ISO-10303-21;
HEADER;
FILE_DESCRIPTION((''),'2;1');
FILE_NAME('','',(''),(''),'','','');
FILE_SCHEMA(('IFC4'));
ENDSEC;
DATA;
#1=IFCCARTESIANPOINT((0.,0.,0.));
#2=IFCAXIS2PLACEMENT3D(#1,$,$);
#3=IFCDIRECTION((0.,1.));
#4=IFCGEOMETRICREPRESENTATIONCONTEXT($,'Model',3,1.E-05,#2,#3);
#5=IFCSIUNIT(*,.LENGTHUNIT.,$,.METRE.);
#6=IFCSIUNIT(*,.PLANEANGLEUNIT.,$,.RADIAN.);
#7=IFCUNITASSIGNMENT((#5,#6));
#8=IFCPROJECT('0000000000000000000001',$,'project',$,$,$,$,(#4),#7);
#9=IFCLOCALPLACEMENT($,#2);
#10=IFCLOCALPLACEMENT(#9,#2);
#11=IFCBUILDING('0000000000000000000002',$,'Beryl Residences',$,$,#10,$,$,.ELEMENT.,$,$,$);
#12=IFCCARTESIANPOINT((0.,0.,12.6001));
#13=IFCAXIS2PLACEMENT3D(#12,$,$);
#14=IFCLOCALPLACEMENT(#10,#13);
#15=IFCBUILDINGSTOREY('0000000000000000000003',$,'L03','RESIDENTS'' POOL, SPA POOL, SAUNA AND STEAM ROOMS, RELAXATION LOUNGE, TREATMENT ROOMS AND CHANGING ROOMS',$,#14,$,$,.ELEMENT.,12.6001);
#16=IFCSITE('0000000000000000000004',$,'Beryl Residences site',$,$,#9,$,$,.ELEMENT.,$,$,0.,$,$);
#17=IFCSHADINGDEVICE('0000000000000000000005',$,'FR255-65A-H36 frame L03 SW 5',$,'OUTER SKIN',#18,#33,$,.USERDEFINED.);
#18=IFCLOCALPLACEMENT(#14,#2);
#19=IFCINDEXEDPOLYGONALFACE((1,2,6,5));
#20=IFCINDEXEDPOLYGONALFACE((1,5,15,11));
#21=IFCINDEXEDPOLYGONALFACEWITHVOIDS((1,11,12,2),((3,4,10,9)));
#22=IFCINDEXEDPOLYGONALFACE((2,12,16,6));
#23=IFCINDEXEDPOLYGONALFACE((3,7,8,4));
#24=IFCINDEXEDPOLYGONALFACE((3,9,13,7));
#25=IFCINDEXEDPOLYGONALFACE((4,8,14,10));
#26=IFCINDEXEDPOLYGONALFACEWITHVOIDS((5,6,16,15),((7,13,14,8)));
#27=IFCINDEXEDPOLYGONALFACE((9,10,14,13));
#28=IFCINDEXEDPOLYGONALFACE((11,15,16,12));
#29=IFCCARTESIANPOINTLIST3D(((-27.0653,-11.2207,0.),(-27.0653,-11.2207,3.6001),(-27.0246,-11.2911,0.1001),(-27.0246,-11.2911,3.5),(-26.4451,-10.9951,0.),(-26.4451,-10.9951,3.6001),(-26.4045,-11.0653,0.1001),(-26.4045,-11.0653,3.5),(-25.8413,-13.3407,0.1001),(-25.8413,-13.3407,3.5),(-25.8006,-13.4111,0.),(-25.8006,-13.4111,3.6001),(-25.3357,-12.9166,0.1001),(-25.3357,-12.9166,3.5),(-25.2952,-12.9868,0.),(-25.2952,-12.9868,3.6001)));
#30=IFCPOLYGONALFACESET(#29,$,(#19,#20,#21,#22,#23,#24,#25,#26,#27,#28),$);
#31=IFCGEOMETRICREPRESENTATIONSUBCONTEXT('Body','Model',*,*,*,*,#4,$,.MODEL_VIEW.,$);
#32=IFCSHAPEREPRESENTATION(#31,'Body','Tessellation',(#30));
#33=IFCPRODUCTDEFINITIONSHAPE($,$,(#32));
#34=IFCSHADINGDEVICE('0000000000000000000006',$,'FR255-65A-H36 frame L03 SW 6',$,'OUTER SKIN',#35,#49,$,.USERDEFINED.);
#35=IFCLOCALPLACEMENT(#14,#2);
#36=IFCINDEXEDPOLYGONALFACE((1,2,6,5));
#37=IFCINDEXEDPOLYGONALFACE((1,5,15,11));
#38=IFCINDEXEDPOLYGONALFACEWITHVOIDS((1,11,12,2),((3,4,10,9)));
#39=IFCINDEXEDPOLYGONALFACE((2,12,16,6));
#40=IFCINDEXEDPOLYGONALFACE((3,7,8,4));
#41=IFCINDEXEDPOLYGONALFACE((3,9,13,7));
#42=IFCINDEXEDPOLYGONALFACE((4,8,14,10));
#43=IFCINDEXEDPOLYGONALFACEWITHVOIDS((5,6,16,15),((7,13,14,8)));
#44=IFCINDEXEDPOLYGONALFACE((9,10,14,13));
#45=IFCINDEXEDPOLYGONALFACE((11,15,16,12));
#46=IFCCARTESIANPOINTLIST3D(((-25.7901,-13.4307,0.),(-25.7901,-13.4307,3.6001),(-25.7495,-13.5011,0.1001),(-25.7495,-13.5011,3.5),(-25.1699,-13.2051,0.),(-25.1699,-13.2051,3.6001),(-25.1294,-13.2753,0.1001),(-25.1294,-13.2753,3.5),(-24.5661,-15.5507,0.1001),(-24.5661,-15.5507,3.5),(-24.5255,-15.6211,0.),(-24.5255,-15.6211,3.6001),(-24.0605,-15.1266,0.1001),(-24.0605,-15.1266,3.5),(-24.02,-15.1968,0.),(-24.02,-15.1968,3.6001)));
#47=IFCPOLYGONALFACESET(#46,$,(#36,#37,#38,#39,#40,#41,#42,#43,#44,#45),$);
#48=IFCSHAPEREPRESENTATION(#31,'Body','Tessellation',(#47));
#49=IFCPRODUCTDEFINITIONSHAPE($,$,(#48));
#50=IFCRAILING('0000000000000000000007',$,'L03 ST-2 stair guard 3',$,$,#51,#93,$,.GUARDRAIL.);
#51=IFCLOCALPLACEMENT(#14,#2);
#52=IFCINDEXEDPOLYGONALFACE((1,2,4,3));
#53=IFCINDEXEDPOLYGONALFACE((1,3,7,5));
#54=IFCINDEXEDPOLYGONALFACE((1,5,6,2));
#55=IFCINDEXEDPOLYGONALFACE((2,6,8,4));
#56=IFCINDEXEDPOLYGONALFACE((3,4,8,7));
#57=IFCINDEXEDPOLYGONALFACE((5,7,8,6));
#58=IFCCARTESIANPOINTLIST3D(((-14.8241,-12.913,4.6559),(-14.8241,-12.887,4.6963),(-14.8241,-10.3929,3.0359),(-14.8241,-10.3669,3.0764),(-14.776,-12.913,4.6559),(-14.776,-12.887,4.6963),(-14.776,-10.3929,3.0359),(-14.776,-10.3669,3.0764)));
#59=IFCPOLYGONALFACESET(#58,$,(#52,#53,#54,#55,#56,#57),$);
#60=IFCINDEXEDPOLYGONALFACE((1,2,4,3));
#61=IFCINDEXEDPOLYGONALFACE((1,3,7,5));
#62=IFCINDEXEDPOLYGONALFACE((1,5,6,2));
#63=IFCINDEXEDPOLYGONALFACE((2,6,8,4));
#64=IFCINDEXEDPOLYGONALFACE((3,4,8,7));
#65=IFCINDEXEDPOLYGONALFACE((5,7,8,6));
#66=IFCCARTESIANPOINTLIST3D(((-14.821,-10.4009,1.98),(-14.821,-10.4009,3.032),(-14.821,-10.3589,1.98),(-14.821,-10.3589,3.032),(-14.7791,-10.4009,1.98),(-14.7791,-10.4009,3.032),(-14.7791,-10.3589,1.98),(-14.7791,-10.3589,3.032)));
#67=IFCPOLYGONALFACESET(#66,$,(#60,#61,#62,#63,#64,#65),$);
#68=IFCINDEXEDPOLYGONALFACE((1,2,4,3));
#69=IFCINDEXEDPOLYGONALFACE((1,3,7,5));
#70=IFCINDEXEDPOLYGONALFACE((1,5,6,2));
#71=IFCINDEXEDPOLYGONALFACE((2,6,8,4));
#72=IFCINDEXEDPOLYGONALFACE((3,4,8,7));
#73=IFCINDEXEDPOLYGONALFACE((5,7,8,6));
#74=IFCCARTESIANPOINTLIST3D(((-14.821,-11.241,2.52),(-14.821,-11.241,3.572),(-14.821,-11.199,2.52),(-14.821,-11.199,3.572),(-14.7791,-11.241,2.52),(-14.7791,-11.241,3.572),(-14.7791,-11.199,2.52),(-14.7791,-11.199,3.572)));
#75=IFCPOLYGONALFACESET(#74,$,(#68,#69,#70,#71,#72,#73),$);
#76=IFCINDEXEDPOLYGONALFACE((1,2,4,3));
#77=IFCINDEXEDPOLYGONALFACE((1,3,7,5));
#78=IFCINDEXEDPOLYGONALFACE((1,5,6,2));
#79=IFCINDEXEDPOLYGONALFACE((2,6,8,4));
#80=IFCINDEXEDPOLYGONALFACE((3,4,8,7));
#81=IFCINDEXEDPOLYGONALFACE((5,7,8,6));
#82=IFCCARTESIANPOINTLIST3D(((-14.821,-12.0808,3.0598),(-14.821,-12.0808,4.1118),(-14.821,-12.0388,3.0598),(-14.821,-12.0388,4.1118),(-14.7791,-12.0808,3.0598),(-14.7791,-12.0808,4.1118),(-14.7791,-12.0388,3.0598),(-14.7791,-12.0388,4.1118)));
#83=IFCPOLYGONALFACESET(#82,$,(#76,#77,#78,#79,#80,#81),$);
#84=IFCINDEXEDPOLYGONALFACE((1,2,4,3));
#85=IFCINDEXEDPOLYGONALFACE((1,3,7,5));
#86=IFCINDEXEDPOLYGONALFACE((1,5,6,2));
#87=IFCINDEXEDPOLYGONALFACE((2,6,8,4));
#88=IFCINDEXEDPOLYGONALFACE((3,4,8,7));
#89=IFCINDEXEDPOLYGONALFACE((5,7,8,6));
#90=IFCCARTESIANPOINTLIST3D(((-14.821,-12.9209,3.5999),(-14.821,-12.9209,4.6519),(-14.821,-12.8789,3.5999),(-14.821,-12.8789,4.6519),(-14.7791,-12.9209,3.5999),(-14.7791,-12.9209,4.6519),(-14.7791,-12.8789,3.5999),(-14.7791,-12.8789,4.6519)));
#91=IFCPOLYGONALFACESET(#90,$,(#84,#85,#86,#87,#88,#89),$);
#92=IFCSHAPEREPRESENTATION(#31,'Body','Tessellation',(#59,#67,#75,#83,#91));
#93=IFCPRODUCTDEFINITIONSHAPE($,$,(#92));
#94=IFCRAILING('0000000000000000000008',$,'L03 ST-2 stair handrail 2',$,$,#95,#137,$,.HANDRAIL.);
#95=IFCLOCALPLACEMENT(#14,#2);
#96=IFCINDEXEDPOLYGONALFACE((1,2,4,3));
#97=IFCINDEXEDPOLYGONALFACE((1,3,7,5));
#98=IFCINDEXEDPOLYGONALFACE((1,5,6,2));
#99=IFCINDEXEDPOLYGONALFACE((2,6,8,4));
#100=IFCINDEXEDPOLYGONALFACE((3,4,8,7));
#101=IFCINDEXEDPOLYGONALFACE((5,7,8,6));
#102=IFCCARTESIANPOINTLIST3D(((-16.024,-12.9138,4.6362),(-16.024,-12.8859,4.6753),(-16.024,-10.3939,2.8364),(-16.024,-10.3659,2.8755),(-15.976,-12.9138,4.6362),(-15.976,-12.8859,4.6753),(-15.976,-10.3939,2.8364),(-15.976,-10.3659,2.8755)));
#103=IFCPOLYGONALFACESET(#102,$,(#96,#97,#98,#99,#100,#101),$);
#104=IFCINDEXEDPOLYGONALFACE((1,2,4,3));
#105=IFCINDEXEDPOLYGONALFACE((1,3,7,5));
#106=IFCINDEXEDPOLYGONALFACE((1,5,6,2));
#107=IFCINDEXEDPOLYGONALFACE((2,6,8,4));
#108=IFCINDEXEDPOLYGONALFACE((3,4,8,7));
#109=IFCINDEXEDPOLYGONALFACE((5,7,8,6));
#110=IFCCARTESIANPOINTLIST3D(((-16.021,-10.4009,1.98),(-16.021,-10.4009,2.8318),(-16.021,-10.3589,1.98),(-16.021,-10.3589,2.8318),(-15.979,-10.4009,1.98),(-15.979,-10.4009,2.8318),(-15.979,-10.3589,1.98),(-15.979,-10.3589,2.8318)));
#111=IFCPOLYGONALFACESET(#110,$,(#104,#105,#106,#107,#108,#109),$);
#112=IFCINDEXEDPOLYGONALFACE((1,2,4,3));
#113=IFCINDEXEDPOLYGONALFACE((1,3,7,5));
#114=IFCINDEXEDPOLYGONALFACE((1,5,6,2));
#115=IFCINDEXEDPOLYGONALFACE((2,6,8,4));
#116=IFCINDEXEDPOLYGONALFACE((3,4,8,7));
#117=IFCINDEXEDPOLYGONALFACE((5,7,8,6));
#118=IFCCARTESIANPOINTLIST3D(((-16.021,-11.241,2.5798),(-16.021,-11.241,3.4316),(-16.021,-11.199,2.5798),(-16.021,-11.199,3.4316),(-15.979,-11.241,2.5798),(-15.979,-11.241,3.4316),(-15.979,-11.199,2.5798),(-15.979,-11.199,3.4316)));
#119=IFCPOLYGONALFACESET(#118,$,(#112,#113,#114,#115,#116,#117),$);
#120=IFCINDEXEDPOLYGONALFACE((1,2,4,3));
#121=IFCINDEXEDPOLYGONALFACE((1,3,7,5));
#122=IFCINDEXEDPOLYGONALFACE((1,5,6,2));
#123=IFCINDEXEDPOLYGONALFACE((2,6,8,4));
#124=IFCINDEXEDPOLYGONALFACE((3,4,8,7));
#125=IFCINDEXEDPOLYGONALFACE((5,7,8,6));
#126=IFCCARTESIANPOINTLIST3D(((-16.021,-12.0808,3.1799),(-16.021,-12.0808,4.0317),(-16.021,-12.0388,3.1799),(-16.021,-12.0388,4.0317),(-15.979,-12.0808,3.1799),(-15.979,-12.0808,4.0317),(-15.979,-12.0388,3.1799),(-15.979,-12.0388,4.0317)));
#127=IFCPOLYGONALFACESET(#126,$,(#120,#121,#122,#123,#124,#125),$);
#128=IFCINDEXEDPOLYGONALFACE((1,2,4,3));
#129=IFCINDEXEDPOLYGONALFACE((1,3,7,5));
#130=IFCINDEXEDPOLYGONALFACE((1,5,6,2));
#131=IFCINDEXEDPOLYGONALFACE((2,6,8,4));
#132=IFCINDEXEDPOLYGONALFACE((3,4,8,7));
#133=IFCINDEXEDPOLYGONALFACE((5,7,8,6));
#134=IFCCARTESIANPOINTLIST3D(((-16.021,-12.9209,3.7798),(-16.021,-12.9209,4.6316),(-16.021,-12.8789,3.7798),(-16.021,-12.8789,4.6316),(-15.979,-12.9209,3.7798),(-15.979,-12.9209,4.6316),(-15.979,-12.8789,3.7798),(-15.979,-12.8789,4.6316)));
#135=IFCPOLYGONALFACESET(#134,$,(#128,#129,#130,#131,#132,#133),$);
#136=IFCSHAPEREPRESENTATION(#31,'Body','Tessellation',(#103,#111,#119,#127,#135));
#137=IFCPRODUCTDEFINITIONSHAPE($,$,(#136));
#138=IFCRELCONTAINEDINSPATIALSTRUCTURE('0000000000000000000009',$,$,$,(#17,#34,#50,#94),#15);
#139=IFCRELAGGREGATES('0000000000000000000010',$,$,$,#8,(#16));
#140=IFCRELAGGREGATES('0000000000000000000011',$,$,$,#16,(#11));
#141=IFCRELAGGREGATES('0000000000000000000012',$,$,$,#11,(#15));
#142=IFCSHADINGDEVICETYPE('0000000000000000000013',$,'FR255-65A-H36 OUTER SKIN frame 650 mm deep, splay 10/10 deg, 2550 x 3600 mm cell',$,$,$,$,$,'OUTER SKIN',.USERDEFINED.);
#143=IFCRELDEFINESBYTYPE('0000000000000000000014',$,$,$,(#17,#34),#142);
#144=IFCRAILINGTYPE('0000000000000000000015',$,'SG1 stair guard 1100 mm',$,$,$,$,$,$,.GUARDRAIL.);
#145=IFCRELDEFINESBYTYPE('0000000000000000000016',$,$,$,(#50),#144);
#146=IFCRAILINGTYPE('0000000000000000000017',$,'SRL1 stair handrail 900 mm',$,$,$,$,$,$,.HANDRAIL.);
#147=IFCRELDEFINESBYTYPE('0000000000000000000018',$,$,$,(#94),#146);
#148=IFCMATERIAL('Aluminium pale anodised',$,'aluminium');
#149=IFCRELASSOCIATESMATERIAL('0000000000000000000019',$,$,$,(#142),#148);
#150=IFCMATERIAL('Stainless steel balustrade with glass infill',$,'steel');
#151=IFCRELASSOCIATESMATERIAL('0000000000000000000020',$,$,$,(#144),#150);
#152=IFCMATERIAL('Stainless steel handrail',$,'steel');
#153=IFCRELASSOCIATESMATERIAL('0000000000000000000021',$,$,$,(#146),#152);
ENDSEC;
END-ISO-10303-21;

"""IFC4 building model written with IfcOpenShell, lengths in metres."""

from ifc_helpers import new_model, entity, si_unit, direction, frame, origin, origin_2d, place, context, subcontext, project, spatial, rectangle, extrude, source, transform, mapped, material, type_object, type_shapes, element, save


model = new_model("IFC4")

# Units and contexts
model_context = context("Model", 3, precision=1e-05, world=origin(), true_north=direction((0.0, 1.0)))
body_context = subcontext(model_context, "Body", "Model", "MODEL_VIEW")
ifc_project = project(units=[si_unit("LENGTHUNIT", "METRE"), si_unit("PLANEANGLEUNIT", "RADIAN")], contexts=[model_context])

# Site, building, storey
site_placement = place(None, origin())
site = spatial("IfcSite", under=ifc_project, at=site_placement, Name="Beryl Residences site", CompositionType="ELEMENT", RefElevation=0.0)
building_placement = place(site_placement, origin())
building = spatial("IfcBuilding", under=site, at=building_placement, Name="Beryl Residences", CompositionType="ELEMENT")
storey_placement = place(building_placement, frame((0.0, 0.0, 12.6001)))
storey = spatial("IfcBuildingStorey", under=building, at=storey_placement, Name="L03", Description="RESIDENTS' POOL, SPA POOL, SAUNA AND STEAM ROOMS, RELAXATION LOUNGE, TREATMENT ROOMS AND CHANGING ROOMS", CompositionType="ELEMENT", Elevation=12.6001)

# Shading devices
ifc_material_1 = material(Name="Aluminium pale anodised", Category="aluminium")
shading_device_type = type_object("IfcShadingDeviceType", Name="FR255-65A-H36 OUTER SKIN frame 650 mm deep, splay 10/10 deg, 2550 x 3600 mm cell", ElementType="OUTER SKIN", PredefinedType="USERDEFINED", material=ifc_material_1)
cartesian_point_1 = entity("IfcCartesianPoint", [-1.1499, 0.0])
cartesian_point_2 = entity("IfcCartesianPoint", [-1.0688, 0.1001])
cartesian_point_3 = entity("IfcCartesianPoint", [-1.2646, 0.0])
cartesian_point_4 = entity("IfcCartesianPoint", [-1.1833, 0.1001])
shared_shape = source(origin(), body_context, "Body", "SweptSolid", [
    entity("IfcExtrudedAreaSolidTapered", entity("IfcArbitraryProfileDefWithVoids", "AREA", None, entity("IfcPolyline", [cartesian_point_1, entity("IfcCartesianPoint", [1.1499, 0.0]), entity("IfcCartesianPoint", [1.1499, 3.6001]), entity("IfcCartesianPoint", [-1.1499, 3.6001]), cartesian_point_1]), [entity("IfcPolyline", [cartesian_point_2, entity("IfcCartesianPoint", [1.0688, 0.1001]), entity("IfcCartesianPoint", [1.0688, 3.5]), entity("IfcCartesianPoint", [-1.0688, 3.5]), cartesian_point_2])]), entity("IfcAxis2Placement3D", entity("IfcCartesianPoint", [0.0, 0.0, 0.0]), entity("IfcDirection", [0.0, 1.0, 0.0]), entity("IfcDirection", [-1.0, 0.0, 0.0])), entity("IfcDirection", [0.0, 0.0, 1.0]), 0.6499, entity("IfcArbitraryProfileDefWithVoids", "AREA", None, entity("IfcPolyline", [cartesian_point_3, entity("IfcCartesianPoint", [1.2646, 0.0]), entity("IfcCartesianPoint", [1.2646, 3.6001]), entity("IfcCartesianPoint", [-1.2646, 3.6001]), cartesian_point_3]), [entity("IfcPolyline", [cartesian_point_4, entity("IfcCartesianPoint", [1.1833, 0.1001]), entity("IfcCartesianPoint", [1.1833, 3.5]), entity("IfcCartesianPoint", [-1.1833, 3.5]), cartesian_point_4])])),
])
type_shapes(shading_device_type, [shared_shape])
for number, where, z_axis, x_axis, name in (
    (1, (-25.8701, -11.991, 0.0), (0.0, 0.0, 1.0), (-0.5, 0.866025, 0.0), "FR255-65A-H36 frame L03 SW 5"),
    (2, (-24.595, -14.2009, 0.0), (0.0, 0.0, 1.0), (-0.5, 0.866025, 0.0), "FR255-65A-H36 frame L03 SW 6"),
):
    element("IfcShadingDevice", number, at=place(storey_placement, frame(where, z_axis=z_axis, x_axis=x_axis)), inside=storey, type_object=shading_device_type, Name=name, ObjectType="OUTER SKIN", PredefinedType="USERDEFINED", context=body_context, shape_type="MappedRepresentation", body=[
        mapped(shared_shape, transform((0.0, 0.0, 0.0))),
    ])

# Railings
ifc_material_2 = material(Name="Stainless steel balustrade with glass infill", Category="steel")
railing_type_1 = type_object("IfcRailingType", Name="SG1 stair guard 1100 mm", PredefinedType="GUARDRAIL", material=ifc_material_2)
railing_1_placement = place(storey_placement, frame((-14.8, -10.3799, 1.98)))
element("IfcRailing", 3, at=railing_1_placement, inside=storey, type_object=railing_type_1, Name="L03 ST-2 stair guard 3", PredefinedType="GUARDRAIL", context=body_context, shape_type="SweptSolid", body=[
    extrude(rectangle(XDim=0.0481, YDim=0.0481, at=origin_2d()), frame((0.0, 0.0, 1.0762), z_axis=(0.0, -0.8412, 0.540725), x_axis=(1.0, 0.0, 0.0)), (0.0, 0.0, 1.0), 2.9958),
    extrude(rectangle(XDim=0.042, YDim=0.042, at=origin_2d()), origin(), (0.0, 0.0, 1.0), 1.052),
    extrude(rectangle(XDim=0.042, YDim=0.042, at=origin_2d()), frame((0.0, -0.8401, 0.54)), (0.0, 0.0, 1.0), 1.052),
    extrude(rectangle(XDim=0.042, YDim=0.042, at=origin_2d()), frame((0.0, -1.6799, 1.0798)), (0.0, 0.0, 1.0), 1.052),
    extrude(rectangle(XDim=0.042, YDim=0.042, at=origin_2d()), frame((0.0, -2.52, 1.6199)), (0.0, 0.0, 1.0), 1.052),
])
ifc_material_3 = material(Name="Stainless steel handrail", Category="steel")
railing_type_2 = type_object("IfcRailingType", Name="SRL1 stair handrail 900 mm", PredefinedType="HANDRAIL", material=ifc_material_3)
railing_2_placement = place(storey_placement, frame((-16.0, -10.3799, 1.98)))
element("IfcRailing", 4, at=railing_2_placement, inside=storey, type_object=railing_type_2, Name="L03 ST-2 stair handrail 2", PredefinedType="HANDRAIL", context=body_context, shape_type="SweptSolid", body=[
    extrude(rectangle(XDim=0.0481, YDim=0.0481, at=origin_2d()), frame((0.0, 0.0, 0.876), z_axis=(0.0, -0.813765, 0.581193), x_axis=(1.0, 0.0, 0.0)), (0.0, 0.0, 1.0), 3.0967),
    extrude(rectangle(XDim=0.042, YDim=0.042, at=origin_2d()), origin(), (0.0, 0.0, 1.0), 0.8518),
    extrude(rectangle(XDim=0.042, YDim=0.042, at=origin_2d()), frame((0.0, -0.8401, 0.5999)), (0.0, 0.0, 1.0), 0.8518),
    extrude(rectangle(XDim=0.042, YDim=0.042, at=origin_2d()), frame((0.0, -1.6799, 1.2)), (0.0, 0.0, 1.0), 0.8518),
    extrude(rectangle(XDim=0.042, YDim=0.042, at=origin_2d()), frame((0.0, -2.52, 1.7998)), (0.0, 0.0, 1.0), 0.8518),
])

save(model, "model.ifc")
